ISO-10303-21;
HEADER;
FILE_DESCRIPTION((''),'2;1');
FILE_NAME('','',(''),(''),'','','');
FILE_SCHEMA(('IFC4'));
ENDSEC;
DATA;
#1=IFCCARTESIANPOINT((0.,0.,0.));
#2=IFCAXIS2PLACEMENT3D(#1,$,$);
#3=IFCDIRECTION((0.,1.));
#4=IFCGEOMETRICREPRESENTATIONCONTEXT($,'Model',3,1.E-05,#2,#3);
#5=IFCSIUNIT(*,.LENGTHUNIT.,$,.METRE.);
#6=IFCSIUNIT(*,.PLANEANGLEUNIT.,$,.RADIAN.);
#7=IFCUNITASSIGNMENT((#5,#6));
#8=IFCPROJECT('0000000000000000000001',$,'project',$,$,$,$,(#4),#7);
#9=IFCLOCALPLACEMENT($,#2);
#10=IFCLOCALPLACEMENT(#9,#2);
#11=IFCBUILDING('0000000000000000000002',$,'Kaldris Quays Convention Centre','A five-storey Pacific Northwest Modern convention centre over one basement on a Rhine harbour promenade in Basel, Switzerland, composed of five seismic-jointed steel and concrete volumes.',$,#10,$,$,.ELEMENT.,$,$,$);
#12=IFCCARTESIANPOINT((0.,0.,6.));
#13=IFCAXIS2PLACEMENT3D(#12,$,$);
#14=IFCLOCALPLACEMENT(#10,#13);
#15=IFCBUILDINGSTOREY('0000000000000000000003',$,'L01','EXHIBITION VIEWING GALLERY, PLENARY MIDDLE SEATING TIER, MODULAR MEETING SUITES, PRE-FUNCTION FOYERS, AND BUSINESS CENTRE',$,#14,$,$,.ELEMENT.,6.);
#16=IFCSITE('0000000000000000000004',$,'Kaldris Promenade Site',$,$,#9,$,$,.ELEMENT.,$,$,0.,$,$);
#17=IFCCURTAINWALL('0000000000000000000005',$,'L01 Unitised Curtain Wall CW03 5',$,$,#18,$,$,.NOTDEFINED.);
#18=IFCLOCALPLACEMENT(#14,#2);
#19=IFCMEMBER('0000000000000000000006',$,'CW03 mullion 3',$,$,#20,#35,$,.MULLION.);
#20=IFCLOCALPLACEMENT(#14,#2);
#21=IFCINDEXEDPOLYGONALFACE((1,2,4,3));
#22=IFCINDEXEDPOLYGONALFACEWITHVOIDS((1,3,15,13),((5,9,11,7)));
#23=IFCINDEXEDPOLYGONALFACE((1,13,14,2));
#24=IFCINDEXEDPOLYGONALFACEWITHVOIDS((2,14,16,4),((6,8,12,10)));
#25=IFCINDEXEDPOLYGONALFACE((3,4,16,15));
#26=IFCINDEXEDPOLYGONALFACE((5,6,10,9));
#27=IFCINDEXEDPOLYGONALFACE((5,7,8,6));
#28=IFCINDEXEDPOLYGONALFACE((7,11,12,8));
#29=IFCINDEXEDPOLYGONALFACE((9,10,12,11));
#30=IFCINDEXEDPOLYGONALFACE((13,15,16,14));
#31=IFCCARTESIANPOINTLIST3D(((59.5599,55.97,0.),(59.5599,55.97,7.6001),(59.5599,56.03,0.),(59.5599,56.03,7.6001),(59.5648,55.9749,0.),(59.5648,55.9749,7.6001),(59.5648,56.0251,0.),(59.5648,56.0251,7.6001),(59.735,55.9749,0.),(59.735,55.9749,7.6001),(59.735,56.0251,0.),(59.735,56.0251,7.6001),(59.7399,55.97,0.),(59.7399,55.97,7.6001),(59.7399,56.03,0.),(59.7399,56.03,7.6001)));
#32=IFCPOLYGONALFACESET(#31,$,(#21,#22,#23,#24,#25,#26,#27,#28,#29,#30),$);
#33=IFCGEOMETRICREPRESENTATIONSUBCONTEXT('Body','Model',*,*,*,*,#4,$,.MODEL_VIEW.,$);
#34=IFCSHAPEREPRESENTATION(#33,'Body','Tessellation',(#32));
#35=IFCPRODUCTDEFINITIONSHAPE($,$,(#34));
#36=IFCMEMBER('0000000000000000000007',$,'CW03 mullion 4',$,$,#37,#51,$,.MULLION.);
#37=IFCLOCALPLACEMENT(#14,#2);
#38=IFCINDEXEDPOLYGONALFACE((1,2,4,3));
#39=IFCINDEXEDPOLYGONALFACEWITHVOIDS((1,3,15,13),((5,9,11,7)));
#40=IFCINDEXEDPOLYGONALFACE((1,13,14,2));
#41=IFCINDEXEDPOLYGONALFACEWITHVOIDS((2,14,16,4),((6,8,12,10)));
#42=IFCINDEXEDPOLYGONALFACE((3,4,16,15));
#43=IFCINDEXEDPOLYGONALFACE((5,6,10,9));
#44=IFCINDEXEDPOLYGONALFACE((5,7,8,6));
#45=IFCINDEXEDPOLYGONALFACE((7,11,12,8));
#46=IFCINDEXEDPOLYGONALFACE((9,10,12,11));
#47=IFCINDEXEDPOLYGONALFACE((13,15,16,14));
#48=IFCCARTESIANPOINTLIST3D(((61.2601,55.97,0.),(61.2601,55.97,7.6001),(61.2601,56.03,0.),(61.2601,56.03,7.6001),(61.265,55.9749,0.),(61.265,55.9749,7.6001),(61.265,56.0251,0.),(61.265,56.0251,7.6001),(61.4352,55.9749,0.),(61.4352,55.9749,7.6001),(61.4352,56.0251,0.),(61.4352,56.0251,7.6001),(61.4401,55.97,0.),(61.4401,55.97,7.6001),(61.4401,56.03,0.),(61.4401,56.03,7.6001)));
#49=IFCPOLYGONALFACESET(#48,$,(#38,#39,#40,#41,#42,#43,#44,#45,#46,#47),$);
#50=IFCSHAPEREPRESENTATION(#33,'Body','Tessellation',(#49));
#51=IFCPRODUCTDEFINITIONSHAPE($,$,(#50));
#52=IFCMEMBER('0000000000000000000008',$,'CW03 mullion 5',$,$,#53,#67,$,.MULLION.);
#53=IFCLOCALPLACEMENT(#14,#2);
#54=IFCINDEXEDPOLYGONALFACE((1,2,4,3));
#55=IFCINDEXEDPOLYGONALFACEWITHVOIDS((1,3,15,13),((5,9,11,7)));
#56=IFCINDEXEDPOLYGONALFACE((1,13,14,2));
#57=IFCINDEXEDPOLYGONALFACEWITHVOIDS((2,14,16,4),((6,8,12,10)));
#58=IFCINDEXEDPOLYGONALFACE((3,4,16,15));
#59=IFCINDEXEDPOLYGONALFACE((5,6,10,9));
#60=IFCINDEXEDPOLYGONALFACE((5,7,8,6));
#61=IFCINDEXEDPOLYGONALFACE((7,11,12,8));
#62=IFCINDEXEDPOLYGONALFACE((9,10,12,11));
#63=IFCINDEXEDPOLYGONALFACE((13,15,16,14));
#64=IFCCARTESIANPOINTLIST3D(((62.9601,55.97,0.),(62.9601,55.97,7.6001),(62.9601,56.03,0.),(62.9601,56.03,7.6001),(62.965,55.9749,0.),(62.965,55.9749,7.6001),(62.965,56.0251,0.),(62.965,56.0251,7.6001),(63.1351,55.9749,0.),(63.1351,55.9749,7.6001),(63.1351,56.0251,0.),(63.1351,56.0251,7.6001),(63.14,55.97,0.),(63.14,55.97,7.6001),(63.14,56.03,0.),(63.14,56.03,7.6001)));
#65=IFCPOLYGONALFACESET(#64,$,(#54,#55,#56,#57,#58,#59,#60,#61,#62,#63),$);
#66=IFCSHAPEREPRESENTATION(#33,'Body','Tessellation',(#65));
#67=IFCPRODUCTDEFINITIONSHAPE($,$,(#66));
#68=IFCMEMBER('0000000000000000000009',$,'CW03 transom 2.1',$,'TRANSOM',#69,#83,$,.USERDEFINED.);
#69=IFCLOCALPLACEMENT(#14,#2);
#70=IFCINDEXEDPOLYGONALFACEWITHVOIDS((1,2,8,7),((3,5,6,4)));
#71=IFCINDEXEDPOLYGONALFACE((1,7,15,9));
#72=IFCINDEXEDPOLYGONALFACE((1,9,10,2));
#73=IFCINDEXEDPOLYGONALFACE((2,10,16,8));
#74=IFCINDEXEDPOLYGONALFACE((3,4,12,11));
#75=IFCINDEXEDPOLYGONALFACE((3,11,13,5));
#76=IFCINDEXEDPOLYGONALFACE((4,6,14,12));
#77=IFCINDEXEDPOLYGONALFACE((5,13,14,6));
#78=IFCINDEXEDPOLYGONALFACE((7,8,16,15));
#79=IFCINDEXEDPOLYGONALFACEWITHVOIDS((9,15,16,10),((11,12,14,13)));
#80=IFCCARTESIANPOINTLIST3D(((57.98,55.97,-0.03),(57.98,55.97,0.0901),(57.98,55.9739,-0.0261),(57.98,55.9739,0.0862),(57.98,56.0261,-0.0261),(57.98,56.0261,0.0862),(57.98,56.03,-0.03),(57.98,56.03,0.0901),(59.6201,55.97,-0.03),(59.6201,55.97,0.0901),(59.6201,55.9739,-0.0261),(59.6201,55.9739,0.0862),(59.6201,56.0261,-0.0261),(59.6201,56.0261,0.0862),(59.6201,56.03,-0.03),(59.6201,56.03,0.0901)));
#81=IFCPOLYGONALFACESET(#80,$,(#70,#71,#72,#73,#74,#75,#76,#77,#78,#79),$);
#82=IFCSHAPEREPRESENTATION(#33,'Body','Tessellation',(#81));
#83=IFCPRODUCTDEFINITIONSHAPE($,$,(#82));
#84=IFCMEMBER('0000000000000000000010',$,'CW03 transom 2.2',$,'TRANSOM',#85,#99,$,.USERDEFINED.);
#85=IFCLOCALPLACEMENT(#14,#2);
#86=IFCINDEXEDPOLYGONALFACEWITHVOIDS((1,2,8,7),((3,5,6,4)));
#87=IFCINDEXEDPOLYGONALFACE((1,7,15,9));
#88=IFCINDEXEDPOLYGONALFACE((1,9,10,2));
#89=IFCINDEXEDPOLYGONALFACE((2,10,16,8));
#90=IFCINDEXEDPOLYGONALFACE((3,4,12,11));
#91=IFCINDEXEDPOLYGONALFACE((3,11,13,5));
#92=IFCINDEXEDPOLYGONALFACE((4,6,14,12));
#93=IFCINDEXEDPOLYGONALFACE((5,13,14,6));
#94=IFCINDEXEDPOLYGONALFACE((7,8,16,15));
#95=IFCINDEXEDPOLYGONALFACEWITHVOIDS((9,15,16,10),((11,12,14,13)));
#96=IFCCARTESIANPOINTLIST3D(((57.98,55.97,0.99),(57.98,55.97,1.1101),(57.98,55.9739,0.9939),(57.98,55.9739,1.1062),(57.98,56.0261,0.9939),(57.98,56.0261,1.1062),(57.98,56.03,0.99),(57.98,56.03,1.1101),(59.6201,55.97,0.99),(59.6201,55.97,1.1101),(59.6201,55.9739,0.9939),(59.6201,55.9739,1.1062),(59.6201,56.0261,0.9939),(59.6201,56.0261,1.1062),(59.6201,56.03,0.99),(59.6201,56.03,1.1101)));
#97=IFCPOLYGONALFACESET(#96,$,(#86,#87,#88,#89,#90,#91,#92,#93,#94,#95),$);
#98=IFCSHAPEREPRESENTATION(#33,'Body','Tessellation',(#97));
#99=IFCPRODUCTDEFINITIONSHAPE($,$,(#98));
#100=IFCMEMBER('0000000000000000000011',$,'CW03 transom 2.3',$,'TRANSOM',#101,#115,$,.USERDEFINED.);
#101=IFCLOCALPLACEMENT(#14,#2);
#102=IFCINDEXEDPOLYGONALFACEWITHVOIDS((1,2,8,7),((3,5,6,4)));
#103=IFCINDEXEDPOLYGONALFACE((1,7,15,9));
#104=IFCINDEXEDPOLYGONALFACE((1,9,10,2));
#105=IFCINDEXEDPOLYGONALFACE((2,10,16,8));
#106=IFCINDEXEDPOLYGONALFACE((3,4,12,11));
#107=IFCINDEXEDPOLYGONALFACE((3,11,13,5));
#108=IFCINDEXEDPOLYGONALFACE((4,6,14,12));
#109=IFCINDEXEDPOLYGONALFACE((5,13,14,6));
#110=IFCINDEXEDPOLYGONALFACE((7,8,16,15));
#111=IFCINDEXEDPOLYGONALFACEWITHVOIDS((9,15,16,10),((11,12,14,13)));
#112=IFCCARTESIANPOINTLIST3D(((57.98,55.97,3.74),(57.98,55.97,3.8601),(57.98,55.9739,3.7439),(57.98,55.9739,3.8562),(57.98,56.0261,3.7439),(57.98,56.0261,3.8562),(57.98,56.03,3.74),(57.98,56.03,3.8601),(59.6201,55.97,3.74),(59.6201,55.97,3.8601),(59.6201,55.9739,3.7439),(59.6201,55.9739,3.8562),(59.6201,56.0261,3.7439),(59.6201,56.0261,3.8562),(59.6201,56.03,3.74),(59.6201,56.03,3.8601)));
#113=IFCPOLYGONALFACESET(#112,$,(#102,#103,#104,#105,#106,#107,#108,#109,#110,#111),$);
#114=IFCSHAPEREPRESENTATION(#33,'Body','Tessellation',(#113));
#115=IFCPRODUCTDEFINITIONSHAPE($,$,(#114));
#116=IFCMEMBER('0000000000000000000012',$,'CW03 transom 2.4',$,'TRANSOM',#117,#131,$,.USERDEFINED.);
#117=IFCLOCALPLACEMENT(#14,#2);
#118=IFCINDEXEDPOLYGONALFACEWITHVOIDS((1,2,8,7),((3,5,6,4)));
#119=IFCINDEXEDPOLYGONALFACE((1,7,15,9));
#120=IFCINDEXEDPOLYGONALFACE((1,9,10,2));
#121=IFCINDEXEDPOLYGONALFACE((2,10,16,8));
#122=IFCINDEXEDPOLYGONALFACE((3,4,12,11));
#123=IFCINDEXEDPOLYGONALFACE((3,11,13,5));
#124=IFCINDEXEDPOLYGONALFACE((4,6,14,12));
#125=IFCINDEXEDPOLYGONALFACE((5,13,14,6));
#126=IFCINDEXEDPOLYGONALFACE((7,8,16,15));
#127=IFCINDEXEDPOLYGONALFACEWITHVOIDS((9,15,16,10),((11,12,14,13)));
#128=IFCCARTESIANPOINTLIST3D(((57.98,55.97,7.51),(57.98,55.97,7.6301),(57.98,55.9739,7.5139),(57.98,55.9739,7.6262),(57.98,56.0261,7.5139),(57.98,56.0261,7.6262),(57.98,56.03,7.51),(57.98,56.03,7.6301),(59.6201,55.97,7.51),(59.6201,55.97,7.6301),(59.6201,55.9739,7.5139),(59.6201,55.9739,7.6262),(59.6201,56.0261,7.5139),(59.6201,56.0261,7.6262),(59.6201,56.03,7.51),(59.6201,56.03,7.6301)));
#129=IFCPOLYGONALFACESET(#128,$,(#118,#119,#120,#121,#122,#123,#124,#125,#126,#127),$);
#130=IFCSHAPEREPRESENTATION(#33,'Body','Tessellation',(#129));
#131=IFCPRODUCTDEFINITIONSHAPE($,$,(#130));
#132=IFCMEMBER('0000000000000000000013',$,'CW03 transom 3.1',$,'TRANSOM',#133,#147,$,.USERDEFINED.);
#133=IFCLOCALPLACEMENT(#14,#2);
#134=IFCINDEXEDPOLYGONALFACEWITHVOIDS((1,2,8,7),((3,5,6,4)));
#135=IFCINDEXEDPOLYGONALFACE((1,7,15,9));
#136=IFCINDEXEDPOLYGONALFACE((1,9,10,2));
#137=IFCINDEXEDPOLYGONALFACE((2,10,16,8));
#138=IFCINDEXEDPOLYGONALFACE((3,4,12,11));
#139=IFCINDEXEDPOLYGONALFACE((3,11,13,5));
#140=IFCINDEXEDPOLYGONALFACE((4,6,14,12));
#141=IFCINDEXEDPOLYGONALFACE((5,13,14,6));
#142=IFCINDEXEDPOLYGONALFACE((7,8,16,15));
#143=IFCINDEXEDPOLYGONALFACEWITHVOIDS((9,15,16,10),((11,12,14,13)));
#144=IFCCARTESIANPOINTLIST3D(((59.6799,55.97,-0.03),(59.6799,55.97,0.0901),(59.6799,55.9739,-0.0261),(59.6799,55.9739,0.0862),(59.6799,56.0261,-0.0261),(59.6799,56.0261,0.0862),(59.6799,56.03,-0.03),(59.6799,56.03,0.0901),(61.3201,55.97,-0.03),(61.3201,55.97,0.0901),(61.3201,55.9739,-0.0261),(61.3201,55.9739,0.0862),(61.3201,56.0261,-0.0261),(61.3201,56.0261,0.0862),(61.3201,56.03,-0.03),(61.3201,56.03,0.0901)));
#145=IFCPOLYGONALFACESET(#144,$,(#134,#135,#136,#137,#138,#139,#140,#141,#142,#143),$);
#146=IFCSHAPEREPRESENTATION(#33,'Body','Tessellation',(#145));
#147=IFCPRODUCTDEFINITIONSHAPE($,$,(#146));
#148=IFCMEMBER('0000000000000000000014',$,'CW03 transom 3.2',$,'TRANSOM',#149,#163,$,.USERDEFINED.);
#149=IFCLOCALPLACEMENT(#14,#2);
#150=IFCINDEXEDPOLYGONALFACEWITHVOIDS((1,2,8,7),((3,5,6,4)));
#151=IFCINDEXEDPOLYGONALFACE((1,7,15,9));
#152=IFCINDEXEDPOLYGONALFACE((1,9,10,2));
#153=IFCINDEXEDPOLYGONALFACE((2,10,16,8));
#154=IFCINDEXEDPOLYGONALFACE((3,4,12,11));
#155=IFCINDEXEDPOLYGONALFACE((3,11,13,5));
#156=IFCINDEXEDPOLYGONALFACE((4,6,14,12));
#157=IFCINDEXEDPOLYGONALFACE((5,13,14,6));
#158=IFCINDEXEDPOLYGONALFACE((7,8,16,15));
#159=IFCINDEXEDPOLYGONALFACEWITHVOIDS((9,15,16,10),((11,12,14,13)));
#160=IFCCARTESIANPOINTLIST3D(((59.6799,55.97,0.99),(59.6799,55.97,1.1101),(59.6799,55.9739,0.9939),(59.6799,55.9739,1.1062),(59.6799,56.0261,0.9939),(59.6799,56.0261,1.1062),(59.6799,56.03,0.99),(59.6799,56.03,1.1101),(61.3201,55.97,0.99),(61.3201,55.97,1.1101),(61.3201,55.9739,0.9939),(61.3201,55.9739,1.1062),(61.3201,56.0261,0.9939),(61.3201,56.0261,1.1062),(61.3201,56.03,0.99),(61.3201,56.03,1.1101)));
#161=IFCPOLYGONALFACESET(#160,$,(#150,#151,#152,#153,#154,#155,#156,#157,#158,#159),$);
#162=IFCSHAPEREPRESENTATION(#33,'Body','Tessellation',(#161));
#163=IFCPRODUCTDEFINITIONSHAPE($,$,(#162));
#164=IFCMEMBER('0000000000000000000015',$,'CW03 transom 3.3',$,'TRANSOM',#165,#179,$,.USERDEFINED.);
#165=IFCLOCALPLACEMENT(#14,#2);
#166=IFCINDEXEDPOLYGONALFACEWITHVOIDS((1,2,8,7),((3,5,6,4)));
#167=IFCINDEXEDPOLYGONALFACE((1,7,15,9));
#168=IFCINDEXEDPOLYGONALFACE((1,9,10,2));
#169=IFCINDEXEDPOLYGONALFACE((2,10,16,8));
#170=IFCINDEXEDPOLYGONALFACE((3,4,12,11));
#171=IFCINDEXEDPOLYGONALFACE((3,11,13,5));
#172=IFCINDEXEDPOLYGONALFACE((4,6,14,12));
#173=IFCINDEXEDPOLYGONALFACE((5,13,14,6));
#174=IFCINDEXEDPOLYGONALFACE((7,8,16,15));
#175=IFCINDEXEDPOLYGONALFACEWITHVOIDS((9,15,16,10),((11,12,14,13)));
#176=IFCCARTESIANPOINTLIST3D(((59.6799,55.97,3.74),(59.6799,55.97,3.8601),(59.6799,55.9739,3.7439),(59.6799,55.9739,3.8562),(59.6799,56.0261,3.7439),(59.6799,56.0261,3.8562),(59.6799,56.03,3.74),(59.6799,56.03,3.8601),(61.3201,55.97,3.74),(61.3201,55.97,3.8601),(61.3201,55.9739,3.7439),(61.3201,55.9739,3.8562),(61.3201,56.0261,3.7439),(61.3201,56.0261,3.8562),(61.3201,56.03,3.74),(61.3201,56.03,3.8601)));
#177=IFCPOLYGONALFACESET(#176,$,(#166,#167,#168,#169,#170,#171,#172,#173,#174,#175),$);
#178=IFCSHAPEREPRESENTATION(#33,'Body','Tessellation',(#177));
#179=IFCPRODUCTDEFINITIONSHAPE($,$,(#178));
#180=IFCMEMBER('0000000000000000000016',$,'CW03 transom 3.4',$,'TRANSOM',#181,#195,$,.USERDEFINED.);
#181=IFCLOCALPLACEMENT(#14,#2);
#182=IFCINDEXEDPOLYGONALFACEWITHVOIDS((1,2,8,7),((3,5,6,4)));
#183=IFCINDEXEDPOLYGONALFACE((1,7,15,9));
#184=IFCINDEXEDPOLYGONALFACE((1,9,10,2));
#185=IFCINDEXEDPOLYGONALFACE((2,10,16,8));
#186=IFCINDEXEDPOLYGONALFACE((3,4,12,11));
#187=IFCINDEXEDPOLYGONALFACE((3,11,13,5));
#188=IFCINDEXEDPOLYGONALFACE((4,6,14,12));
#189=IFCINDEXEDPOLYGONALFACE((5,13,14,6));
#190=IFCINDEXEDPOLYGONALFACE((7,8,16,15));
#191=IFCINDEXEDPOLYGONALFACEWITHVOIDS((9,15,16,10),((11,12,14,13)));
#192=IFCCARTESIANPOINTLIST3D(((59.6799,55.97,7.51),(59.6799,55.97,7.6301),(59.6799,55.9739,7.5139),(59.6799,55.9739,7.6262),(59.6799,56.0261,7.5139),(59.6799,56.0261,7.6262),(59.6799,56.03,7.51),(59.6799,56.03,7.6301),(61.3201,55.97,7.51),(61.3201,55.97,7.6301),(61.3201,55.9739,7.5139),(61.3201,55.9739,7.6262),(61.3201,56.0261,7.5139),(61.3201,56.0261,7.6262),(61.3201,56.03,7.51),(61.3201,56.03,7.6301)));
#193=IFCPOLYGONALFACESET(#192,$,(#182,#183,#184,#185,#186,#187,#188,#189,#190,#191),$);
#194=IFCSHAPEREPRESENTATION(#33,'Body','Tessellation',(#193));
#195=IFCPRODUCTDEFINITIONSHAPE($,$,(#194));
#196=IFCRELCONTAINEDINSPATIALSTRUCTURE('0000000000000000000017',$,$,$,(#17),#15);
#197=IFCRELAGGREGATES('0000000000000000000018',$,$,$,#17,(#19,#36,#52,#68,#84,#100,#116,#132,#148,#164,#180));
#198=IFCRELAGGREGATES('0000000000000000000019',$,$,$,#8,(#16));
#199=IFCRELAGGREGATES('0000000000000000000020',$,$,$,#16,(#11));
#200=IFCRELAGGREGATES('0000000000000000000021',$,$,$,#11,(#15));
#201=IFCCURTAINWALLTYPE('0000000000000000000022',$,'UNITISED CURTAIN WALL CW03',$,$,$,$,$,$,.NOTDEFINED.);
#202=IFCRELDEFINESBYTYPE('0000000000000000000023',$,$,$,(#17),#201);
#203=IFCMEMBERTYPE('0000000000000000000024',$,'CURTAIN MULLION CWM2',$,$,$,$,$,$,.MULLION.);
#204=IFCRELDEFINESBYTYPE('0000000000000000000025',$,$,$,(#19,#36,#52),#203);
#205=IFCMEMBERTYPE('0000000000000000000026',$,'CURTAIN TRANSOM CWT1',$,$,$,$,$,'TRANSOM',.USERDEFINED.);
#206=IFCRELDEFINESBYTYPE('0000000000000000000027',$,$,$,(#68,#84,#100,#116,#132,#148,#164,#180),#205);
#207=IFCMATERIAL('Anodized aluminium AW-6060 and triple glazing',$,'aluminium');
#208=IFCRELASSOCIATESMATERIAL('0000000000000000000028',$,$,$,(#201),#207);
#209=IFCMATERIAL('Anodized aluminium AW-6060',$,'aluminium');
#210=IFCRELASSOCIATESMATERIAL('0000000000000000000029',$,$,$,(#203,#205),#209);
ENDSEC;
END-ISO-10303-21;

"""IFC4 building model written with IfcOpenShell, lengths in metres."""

from ifc_helpers import new_model, si_unit, direction, frame, origin, origin_2d, place, context, subcontext, project, spatial, hollow_rectangle, extrude, material, material_profile, profile_set, type_object, element, aggregate, save


model = new_model("IFC4")

# Units and contexts
model_context = context("Model", 3, precision=1e-05, world=origin(), true_north=direction((0.0, 1.0)))
body_context = subcontext(model_context, "Body", "Model", "MODEL_VIEW")
ifc_project = project(units=[si_unit("LENGTHUNIT", "METRE"), si_unit("PLANEANGLEUNIT", "RADIAN")], contexts=[model_context])

# Site, building, storey
site_placement = place(None, origin())
site = spatial("IfcSite", under=ifc_project, at=site_placement, Name="Kaldris Promenade Site", CompositionType="ELEMENT", RefElevation=0.0)
building_placement = place(site_placement, origin())
building = spatial("IfcBuilding", under=site, at=building_placement, Name="Kaldris Quays Convention Centre", Description="A five-storey Pacific Northwest Modern convention centre over one basement on a Rhine harbour promenade in Basel, Switzerland, composed of five seismic-jointed steel and concrete volumes.", CompositionType="ELEMENT")
storey_placement = place(building_placement, frame((0.0, 0.0, 6.0)))
storey = spatial("IfcBuildingStorey", under=building, at=storey_placement, Name="L01", Description="EXHIBITION VIEWING GALLERY, PLENARY MIDDLE SEATING TIER, MODULAR MEETING SUITES, PRE-FUNCTION FOYERS, AND BUSINESS CENTRE", CompositionType="ELEMENT", Elevation=6.0)

# Curtain wall, members
ifc_material_1 = material(Name="Anodized aluminium AW-6060 and triple glazing", Category="aluminium")
curtain_wall_type = type_object("IfcCurtainWallType", Name="UNITISED CURTAIN WALL CW03", PredefinedType="NOTDEFINED", material=ifc_material_1)
curtain_wall_placement = place(storey_placement, origin())
curtain_wall = element("IfcCurtainWall", 1, at=curtain_wall_placement, inside=storey, type_object=curtain_wall_type, Name="L01 Unitised Curtain Wall CW03 5", PredefinedType="NOTDEFINED")
ifc_material_2 = material(Name="Anodized aluminium AW-6060", Category="aluminium")
ifc_material_profile_1 = material_profile(ifc_material_2, hollow_rectangle(XDim=0.0601, YDim=0.1799, WallThickness=0.0049, at=origin_2d()), Name="RHS 180x60x5")
ifc_profile_set_1 = profile_set([ifc_material_profile_1], Name="Anodized aluminium AW-6060")
member_type_1 = type_object("IfcMemberType", Name="CURTAIN MULLION CWM2", PredefinedType="MULLION", material=ifc_profile_set_1)
member_1_placement = place(storey_placement, frame((59.6499, 56.0, 0.0), z_axis=(0.0, 0.0, 1.0), x_axis=(0.0, 1.0, 0.0)))
member_1 = element("IfcMember", 2, at=member_1_placement, type_object=member_type_1, Name="CW03 mullion 3", PredefinedType="MULLION", context=body_context, shape_type="SweptSolid", body=[
    extrude(hollow_rectangle(XDim=0.0601, YDim=0.1799, WallThickness=0.0049, at=origin_2d()), origin(), (0.0, 0.0, 1.0), 7.6001),
])
member_2_placement = place(storey_placement, frame((61.3501, 56.0, 0.0), z_axis=(0.0, 0.0, 1.0), x_axis=(0.0, 1.0, 0.0)))
member_2 = element("IfcMember", 3, at=member_2_placement, type_object=member_type_1, Name="CW03 mullion 4", PredefinedType="MULLION", context=body_context, shape_type="SweptSolid", body=[
    extrude(hollow_rectangle(XDim=0.0601, YDim=0.1799, WallThickness=0.0049, at=origin_2d()), origin(), (0.0, 0.0, 1.0), 7.6001),
])
member_3_placement = place(storey_placement, frame((63.05, 56.0, 0.0), z_axis=(0.0, 0.0, 1.0), x_axis=(0.0, 1.0, 0.0)))
member_3 = element("IfcMember", 4, at=member_3_placement, type_object=member_type_1, Name="CW03 mullion 5", PredefinedType="MULLION", context=body_context, shape_type="SweptSolid", body=[
    extrude(hollow_rectangle(XDim=0.0601, YDim=0.1799, WallThickness=0.0049, at=origin_2d()), origin(), (0.0, 0.0, 1.0), 7.6001),
])
ifc_material_profile_2 = material_profile(ifc_material_2, hollow_rectangle(XDim=0.0601, YDim=0.1201, WallThickness=0.0039, at=origin_2d()), Name="RHS 120x60x4")
ifc_profile_set_2 = profile_set([ifc_material_profile_2], Name="Anodized aluminium AW-6060")
member_type_2 = type_object("IfcMemberType", Name="CURTAIN TRANSOM CWT1", ElementType="TRANSOM", PredefinedType="USERDEFINED", material=ifc_profile_set_2)
member_4_placement = place(storey_placement, frame((57.98, 56.0, 0.03), z_axis=(1.0, 0.0, 0.0), x_axis=(0.0, 1.0, 0.0)))
member_4 = element("IfcMember", 5, at=member_4_placement, type_object=member_type_2, Name="CW03 transom 2.1", ObjectType="TRANSOM", PredefinedType="USERDEFINED", context=body_context, shape_type="SweptSolid", body=[
    extrude(hollow_rectangle(XDim=0.0601, YDim=0.1201, WallThickness=0.0039, at=origin_2d()), origin(), (0.0, 0.0, 1.0), 1.6401),
])
member_5_placement = place(storey_placement, frame((57.98, 56.0, 1.05), z_axis=(1.0, 0.0, 0.0), x_axis=(0.0, 1.0, 0.0)))
member_5 = element("IfcMember", 6, at=member_5_placement, type_object=member_type_2, Name="CW03 transom 2.2", ObjectType="TRANSOM", PredefinedType="USERDEFINED", context=body_context, shape_type="SweptSolid", body=[
    extrude(hollow_rectangle(XDim=0.0601, YDim=0.1201, WallThickness=0.0039, at=origin_2d()), origin(), (0.0, 0.0, 1.0), 1.6401),
])
member_6_placement = place(storey_placement, frame((57.98, 56.0, 3.8), z_axis=(1.0, 0.0, 0.0), x_axis=(0.0, 1.0, 0.0)))
member_6 = element("IfcMember", 7, at=member_6_placement, type_object=member_type_2, Name="CW03 transom 2.3", ObjectType="TRANSOM", PredefinedType="USERDEFINED", context=body_context, shape_type="SweptSolid", body=[
    extrude(hollow_rectangle(XDim=0.0601, YDim=0.1201, WallThickness=0.0039, at=origin_2d()), origin(), (0.0, 0.0, 1.0), 1.6401),
])
member_7_placement = place(storey_placement, frame((57.98, 56.0, 7.5701), z_axis=(1.0, 0.0, 0.0), x_axis=(0.0, 1.0, 0.0)))
member_7 = element("IfcMember", 8, at=member_7_placement, type_object=member_type_2, Name="CW03 transom 2.4", ObjectType="TRANSOM", PredefinedType="USERDEFINED", context=body_context, shape_type="SweptSolid", body=[
    extrude(hollow_rectangle(XDim=0.0601, YDim=0.1201, WallThickness=0.0039, at=origin_2d()), origin(), (0.0, 0.0, 1.0), 1.6401),
])
member_8_placement = place(storey_placement, frame((59.6799, 56.0, 0.03), z_axis=(1.0, 0.0, 0.0), x_axis=(0.0, 1.0, 0.0)))
member_8 = element("IfcMember", 9, at=member_8_placement, type_object=member_type_2, Name="CW03 transom 3.1", ObjectType="TRANSOM", PredefinedType="USERDEFINED", context=body_context, shape_type="SweptSolid", body=[
    extrude(hollow_rectangle(XDim=0.0601, YDim=0.1201, WallThickness=0.0039, at=origin_2d()), origin(), (0.0, 0.0, 1.0), 1.6401),
])
member_9_placement = place(storey_placement, frame((59.6799, 56.0, 1.05), z_axis=(1.0, 0.0, 0.0), x_axis=(0.0, 1.0, 0.0)))
member_9 = element("IfcMember", 10, at=member_9_placement, type_object=member_type_2, Name="CW03 transom 3.2", ObjectType="TRANSOM", PredefinedType="USERDEFINED", context=body_context, shape_type="SweptSolid", body=[
    extrude(hollow_rectangle(XDim=0.0601, YDim=0.1201, WallThickness=0.0039, at=origin_2d()), origin(), (0.0, 0.0, 1.0), 1.6401),
])
member_10_placement = place(storey_placement, frame((59.6799, 56.0, 3.8), z_axis=(1.0, 0.0, 0.0), x_axis=(0.0, 1.0, 0.0)))
member_10 = element("IfcMember", 11, at=member_10_placement, type_object=member_type_2, Name="CW03 transom 3.3", ObjectType="TRANSOM", PredefinedType="USERDEFINED", context=body_context, shape_type="SweptSolid", body=[
    extrude(hollow_rectangle(XDim=0.0601, YDim=0.1201, WallThickness=0.0039, at=origin_2d()), origin(), (0.0, 0.0, 1.0), 1.6401),
])
member_11_placement = place(storey_placement, frame((59.6799, 56.0, 7.5701), z_axis=(1.0, 0.0, 0.0), x_axis=(0.0, 1.0, 0.0)))
member_11 = element("IfcMember", 12, at=member_11_placement, type_object=member_type_2, Name="CW03 transom 3.4", ObjectType="TRANSOM", PredefinedType="USERDEFINED", context=body_context, shape_type="SweptSolid", body=[
    extrude(hollow_rectangle(XDim=0.0601, YDim=0.1201, WallThickness=0.0039, at=origin_2d()), origin(), (0.0, 0.0, 1.0), 1.6401),
])
aggregate(curtain_wall, [member_1, member_2, member_3, member_4, member_5, member_6, member_7, member_8, member_9, member_10, member_11])

save(model, "model.ifc")
